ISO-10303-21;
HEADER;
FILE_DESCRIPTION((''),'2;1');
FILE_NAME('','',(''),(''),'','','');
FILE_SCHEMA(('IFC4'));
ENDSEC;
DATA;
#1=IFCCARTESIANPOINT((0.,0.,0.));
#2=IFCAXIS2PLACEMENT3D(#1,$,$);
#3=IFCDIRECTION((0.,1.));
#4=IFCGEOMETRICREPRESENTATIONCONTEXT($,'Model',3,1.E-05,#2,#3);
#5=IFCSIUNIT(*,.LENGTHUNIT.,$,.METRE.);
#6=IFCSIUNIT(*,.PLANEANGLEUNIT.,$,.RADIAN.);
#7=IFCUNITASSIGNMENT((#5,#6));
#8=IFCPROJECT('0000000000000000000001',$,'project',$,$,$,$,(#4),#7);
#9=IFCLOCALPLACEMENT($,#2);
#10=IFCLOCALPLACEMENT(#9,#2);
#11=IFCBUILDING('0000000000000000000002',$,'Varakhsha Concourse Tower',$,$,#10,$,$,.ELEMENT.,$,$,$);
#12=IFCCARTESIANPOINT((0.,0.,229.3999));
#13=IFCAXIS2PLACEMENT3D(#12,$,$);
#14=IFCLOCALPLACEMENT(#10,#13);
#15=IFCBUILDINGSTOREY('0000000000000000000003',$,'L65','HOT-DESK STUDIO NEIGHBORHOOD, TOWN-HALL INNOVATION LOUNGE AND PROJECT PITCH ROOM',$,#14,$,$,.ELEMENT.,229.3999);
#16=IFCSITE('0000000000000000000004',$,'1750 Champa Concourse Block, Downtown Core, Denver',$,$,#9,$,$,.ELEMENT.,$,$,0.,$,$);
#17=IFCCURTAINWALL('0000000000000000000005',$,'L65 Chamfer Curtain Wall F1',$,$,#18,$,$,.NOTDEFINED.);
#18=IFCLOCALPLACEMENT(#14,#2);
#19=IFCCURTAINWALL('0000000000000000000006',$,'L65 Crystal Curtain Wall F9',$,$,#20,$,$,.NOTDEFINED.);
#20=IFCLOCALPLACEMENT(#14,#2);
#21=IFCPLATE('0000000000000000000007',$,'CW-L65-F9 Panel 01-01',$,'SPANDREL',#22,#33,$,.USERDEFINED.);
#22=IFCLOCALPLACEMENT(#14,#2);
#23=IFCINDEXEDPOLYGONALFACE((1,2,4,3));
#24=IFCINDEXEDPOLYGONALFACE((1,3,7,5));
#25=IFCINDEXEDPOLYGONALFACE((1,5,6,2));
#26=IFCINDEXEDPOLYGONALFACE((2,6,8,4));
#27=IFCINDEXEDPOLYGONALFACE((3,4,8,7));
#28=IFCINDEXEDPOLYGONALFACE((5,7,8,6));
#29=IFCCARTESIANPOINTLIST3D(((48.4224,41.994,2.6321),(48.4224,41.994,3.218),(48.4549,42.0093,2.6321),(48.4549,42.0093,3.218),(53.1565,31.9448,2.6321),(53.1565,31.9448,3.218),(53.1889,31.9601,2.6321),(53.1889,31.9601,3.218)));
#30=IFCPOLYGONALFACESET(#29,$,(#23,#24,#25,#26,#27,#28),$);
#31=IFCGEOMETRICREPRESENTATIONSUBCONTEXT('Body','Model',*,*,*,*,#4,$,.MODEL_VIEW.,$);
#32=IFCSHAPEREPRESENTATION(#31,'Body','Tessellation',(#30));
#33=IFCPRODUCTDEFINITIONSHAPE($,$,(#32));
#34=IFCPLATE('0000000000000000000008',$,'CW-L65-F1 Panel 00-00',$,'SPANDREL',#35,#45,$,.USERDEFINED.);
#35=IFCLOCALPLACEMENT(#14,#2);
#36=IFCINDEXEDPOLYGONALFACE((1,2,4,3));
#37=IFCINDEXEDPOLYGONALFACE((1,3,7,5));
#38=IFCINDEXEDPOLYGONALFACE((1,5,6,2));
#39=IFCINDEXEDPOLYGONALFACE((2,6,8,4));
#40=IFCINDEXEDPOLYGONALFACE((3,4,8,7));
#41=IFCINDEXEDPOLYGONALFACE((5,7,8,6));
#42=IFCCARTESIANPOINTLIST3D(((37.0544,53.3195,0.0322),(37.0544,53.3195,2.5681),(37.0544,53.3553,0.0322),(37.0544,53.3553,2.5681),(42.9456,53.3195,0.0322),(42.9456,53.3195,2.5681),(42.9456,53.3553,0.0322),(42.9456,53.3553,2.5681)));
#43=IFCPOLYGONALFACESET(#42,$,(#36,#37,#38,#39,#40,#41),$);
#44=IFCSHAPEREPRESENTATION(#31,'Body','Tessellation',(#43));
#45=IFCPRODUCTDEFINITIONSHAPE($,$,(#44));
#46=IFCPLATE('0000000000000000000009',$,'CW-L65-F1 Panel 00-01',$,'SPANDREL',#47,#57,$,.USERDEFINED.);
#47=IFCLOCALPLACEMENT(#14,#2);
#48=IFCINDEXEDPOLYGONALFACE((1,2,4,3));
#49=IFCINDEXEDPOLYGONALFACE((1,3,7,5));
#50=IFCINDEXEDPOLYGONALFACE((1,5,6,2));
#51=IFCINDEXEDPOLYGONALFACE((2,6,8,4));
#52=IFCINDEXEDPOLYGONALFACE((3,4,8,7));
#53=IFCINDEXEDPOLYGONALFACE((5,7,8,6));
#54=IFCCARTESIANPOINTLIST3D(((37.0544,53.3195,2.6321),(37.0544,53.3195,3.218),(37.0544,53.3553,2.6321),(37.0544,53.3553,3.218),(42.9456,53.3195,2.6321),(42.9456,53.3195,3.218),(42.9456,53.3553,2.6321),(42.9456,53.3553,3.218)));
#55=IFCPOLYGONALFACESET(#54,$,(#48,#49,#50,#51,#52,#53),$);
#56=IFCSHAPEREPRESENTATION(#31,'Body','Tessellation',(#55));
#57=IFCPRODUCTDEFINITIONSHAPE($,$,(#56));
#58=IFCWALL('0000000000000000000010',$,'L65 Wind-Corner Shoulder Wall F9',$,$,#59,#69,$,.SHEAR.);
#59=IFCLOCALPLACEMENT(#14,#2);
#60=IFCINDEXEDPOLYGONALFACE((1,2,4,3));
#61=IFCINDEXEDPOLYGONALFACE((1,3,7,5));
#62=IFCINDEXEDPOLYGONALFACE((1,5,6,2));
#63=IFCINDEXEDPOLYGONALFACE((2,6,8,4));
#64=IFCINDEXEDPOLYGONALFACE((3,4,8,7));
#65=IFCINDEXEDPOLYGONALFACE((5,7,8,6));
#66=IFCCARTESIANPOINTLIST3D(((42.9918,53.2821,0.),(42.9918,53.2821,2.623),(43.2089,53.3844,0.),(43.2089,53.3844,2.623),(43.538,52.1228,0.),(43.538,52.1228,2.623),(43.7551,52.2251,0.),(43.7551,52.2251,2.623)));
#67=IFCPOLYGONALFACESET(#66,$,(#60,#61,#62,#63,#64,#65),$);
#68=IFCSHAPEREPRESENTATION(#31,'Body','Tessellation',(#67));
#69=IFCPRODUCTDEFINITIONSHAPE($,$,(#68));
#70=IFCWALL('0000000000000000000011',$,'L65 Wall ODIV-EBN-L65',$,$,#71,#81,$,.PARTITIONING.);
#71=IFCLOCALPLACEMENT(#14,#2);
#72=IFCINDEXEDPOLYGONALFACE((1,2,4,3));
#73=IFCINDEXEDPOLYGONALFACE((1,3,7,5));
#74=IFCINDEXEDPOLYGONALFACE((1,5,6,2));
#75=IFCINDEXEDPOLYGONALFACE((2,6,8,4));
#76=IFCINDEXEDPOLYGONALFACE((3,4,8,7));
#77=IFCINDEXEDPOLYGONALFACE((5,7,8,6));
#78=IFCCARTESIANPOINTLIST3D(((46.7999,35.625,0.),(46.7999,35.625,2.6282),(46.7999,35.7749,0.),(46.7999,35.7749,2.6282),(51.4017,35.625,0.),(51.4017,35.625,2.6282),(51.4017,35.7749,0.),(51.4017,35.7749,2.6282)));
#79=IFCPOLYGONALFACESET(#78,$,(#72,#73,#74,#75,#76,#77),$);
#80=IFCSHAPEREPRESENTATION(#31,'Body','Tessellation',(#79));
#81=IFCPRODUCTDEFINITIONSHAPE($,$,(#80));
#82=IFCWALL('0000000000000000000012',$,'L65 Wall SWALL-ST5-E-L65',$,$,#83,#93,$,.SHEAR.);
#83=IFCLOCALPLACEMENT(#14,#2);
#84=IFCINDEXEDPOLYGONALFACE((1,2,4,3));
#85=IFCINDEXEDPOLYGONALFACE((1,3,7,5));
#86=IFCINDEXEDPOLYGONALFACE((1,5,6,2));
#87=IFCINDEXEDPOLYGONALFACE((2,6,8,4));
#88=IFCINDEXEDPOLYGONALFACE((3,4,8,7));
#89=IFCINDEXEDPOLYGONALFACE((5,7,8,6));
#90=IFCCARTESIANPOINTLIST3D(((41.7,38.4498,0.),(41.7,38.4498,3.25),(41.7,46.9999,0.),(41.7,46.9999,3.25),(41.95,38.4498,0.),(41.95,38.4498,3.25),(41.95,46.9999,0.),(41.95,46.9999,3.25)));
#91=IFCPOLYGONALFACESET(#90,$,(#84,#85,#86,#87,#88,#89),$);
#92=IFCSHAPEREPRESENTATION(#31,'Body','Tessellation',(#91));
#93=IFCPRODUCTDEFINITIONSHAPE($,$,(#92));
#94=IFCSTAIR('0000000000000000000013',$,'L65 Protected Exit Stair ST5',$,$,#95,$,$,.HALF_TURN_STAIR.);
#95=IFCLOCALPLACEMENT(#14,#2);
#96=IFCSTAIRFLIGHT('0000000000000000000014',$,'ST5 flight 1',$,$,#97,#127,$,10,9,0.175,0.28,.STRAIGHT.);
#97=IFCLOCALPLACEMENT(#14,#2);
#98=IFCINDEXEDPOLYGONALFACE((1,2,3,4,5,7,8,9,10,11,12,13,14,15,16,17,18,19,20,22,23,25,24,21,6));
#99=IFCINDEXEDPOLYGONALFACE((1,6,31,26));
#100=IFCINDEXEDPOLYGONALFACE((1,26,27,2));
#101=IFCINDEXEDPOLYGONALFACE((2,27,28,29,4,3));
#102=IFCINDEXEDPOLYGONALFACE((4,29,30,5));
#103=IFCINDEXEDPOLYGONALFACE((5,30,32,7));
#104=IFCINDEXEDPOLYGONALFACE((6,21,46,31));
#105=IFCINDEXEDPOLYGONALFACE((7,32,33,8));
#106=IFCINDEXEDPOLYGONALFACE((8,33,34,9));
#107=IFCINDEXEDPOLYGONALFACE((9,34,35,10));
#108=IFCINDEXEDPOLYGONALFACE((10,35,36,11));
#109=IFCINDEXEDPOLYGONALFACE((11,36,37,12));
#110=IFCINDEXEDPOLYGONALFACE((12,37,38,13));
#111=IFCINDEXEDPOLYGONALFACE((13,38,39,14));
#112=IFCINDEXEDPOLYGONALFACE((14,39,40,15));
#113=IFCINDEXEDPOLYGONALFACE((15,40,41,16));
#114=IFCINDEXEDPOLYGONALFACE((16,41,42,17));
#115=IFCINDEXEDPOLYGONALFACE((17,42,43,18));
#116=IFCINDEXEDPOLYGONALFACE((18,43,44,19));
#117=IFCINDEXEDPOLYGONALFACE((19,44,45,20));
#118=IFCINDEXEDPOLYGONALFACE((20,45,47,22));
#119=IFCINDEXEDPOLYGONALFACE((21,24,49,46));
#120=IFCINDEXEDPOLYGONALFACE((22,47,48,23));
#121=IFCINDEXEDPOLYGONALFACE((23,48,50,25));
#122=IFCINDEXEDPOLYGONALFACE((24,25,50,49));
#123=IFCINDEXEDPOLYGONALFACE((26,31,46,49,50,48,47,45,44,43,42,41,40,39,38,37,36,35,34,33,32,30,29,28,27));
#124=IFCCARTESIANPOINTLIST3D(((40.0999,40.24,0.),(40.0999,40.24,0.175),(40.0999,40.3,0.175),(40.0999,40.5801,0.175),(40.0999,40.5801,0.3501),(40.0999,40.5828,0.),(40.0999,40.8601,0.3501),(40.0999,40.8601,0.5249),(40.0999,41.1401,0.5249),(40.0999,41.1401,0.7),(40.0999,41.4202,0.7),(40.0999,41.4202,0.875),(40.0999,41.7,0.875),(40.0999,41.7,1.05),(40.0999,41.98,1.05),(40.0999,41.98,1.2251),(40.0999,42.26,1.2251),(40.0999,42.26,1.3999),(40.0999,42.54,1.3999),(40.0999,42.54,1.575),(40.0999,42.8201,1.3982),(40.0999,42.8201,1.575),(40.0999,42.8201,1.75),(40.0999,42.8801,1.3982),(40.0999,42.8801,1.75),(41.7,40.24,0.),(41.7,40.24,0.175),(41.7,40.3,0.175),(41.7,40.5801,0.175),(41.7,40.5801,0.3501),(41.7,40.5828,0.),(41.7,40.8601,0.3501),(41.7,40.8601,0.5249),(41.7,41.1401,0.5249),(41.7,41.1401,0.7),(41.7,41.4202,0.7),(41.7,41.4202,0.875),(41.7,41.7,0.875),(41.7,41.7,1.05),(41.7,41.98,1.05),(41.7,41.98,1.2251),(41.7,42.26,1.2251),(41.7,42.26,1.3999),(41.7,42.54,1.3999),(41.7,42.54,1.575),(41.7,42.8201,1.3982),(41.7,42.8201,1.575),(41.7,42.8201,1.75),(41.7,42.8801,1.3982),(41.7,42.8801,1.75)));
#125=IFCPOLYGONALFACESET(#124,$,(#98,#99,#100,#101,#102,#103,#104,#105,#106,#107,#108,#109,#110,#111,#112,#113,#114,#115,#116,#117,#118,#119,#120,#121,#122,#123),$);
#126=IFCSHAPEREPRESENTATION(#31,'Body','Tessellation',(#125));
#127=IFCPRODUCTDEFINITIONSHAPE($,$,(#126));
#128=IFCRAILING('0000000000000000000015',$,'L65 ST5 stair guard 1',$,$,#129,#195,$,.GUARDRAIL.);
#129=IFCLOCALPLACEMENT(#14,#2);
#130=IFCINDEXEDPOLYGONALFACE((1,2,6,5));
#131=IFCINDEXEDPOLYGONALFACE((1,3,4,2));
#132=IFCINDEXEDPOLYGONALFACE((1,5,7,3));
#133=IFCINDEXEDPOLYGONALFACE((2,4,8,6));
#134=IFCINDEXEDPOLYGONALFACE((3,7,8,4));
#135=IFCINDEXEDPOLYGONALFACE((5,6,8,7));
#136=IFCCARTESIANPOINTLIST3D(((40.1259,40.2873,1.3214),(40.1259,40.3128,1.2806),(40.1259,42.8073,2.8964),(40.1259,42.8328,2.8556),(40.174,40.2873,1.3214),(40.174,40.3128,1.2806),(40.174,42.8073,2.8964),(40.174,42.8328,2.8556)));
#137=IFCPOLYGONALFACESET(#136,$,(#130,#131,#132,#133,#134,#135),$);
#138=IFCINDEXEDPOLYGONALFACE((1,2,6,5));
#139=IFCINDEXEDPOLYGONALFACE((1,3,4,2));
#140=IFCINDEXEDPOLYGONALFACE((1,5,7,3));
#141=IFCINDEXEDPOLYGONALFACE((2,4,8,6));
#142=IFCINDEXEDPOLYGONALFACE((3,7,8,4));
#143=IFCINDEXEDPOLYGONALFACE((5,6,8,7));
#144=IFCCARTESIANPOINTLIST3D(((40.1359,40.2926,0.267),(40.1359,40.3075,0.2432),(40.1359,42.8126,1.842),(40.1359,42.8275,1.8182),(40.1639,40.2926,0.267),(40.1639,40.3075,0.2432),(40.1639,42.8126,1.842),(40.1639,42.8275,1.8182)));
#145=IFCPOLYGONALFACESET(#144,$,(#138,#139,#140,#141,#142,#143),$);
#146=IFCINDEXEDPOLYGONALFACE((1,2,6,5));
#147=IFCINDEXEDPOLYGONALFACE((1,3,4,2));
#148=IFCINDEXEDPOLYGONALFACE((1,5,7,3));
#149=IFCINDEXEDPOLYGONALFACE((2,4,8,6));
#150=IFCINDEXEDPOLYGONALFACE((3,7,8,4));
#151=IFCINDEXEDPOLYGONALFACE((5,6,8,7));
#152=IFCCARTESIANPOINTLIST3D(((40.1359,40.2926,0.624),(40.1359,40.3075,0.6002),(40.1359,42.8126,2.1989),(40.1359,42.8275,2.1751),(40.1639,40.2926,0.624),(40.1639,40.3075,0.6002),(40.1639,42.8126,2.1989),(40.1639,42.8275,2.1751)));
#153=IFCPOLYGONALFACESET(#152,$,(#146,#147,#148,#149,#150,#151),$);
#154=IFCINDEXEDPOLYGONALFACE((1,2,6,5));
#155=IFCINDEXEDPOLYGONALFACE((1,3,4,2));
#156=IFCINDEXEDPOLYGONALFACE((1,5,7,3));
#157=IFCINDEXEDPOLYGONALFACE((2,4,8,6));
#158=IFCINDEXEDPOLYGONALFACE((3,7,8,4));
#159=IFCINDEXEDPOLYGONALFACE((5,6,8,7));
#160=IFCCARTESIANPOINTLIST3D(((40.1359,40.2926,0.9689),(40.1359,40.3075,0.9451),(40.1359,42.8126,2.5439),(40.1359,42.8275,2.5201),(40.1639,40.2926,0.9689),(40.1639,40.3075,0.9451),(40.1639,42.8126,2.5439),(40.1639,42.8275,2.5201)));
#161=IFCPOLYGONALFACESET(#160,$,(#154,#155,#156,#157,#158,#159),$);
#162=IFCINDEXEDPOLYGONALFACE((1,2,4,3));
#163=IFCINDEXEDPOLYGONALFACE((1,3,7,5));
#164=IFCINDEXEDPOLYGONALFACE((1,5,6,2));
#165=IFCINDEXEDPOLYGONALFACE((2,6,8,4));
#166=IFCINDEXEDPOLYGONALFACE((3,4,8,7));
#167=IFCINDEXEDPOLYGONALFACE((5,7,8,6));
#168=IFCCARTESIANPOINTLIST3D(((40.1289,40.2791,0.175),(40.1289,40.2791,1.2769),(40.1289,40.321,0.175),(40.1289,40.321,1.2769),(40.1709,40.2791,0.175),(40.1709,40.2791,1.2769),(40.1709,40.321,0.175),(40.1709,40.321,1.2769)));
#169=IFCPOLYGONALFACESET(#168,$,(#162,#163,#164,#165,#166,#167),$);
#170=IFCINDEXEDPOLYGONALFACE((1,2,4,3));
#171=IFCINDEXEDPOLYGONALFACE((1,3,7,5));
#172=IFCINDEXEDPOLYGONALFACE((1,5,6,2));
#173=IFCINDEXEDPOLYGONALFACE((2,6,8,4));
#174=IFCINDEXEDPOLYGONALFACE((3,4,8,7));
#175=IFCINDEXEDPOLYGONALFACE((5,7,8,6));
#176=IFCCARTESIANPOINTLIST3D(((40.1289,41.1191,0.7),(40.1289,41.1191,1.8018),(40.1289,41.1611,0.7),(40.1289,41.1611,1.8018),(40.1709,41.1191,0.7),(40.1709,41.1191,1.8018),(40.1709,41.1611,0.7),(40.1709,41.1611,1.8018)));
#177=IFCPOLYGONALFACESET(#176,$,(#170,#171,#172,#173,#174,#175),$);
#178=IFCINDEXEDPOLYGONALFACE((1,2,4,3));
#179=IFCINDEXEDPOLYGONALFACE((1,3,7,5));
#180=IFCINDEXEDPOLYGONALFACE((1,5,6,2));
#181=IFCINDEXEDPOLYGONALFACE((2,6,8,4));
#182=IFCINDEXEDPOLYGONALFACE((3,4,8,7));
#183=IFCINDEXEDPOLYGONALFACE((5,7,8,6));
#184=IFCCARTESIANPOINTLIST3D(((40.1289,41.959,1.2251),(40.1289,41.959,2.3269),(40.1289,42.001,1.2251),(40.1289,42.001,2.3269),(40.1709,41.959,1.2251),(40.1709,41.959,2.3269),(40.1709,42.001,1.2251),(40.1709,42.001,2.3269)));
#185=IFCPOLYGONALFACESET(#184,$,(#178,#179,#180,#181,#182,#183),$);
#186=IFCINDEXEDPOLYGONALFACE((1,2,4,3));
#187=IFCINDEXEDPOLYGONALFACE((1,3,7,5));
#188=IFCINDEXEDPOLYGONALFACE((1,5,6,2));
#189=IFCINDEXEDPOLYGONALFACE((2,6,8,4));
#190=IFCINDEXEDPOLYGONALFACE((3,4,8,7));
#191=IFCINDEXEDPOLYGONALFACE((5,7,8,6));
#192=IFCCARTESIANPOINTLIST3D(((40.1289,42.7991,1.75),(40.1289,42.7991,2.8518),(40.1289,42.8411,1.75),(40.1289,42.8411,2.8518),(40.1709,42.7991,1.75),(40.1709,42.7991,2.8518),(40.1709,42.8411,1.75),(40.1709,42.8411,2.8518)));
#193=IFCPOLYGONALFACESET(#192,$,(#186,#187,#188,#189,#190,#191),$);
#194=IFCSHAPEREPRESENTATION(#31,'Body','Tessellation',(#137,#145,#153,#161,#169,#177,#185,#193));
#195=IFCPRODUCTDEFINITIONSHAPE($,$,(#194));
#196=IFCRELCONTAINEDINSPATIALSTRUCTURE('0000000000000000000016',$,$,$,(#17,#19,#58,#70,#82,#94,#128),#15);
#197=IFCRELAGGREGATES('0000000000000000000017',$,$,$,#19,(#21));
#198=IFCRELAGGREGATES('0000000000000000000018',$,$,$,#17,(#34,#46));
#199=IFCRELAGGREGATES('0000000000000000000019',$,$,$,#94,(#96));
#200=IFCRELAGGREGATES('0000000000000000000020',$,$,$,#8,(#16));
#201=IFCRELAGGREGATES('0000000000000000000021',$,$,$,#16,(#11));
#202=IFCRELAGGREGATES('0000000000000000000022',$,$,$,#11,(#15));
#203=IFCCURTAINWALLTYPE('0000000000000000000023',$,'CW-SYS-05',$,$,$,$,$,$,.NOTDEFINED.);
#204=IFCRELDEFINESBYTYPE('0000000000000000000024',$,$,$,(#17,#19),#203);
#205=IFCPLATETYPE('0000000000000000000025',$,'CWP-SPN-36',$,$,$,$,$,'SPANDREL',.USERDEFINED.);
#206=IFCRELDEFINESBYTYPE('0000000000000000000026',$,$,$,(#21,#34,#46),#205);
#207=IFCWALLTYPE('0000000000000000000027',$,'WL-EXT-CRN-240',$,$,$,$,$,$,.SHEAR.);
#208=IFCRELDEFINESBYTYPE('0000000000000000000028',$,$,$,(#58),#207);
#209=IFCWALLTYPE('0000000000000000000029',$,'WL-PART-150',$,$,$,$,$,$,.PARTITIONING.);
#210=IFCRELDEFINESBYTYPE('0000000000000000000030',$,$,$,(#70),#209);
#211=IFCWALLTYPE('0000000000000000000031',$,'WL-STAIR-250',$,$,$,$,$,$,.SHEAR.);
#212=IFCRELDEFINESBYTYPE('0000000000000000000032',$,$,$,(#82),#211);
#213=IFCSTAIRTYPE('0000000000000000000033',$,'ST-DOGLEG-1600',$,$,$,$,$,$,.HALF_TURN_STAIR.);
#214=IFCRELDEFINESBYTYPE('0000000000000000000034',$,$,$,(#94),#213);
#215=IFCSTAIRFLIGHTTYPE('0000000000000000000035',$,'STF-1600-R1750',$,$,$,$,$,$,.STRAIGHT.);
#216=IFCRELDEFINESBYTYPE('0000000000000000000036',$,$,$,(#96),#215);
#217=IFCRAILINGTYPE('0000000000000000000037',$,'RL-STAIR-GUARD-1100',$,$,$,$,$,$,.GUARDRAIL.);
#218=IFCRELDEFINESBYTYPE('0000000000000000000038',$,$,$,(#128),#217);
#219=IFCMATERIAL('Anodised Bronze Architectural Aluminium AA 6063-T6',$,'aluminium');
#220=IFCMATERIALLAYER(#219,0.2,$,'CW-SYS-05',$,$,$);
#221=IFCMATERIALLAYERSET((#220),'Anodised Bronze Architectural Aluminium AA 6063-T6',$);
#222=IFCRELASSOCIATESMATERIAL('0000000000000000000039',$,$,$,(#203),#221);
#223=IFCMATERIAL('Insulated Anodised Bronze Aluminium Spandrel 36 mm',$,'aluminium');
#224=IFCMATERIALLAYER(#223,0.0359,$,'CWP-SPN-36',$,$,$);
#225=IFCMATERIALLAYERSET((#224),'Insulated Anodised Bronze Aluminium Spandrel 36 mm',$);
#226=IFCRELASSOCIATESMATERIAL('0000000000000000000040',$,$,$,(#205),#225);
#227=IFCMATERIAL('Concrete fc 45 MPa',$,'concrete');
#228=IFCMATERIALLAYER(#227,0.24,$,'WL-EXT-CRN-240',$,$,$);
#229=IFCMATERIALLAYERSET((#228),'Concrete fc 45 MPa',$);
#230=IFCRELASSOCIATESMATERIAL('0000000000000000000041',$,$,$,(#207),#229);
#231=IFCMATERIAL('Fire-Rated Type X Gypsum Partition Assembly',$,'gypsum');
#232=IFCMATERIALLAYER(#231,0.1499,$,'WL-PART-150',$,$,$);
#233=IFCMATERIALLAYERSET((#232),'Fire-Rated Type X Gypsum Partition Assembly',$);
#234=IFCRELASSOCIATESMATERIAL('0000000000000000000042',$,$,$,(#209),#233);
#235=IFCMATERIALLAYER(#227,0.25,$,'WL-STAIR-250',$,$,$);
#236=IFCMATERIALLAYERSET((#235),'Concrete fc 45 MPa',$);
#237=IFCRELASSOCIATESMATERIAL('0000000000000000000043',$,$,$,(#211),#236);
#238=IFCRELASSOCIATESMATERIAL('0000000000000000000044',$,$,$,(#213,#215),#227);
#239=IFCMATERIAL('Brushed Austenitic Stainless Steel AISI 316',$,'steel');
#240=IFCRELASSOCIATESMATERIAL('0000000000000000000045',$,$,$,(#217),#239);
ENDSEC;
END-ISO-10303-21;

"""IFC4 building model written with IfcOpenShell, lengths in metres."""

from ifc_helpers import new_model, si_unit, direction, frame, frame_2d, origin, origin_2d, place, context, subcontext, project, spatial, polyline, rectangle, outline, extrude, source, transform, mapped, material, layer, layer_set, type_object, type_shapes, element, aggregate, save


model = new_model("IFC4")

# Units and contexts
model_context = context("Model", 3, precision=1e-05, world=origin(), true_north=direction((0.0, 1.0)))
body_context = subcontext(model_context, "Body", "Model", "MODEL_VIEW")
ifc_project = project(units=[si_unit("LENGTHUNIT", "METRE"), si_unit("PLANEANGLEUNIT", "RADIAN")], contexts=[model_context])

# Site, building, storey
site_placement = place(None, origin())
site = spatial("IfcSite", under=ifc_project, at=site_placement, Name="1750 Champa Concourse Block, Downtown Core, Denver", CompositionType="ELEMENT", RefElevation=0.0)
building_placement = place(site_placement, origin())
building = spatial("IfcBuilding", under=site, at=building_placement, Name="Varakhsha Concourse Tower", CompositionType="ELEMENT")
storey_placement = place(building_placement, frame((0.0, 0.0, 229.3999)))
storey = spatial("IfcBuildingStorey", under=building, at=storey_placement, Name="L65", Description="HOT-DESK STUDIO NEIGHBORHOOD, TOWN-HALL INNOVATION LOUNGE AND PROJECT PITCH ROOM", CompositionType="ELEMENT", Elevation=229.3999)

# Curtain wall
ifc_material_1 = material(Name="Anodised Bronze Architectural Aluminium AA 6063-T6", Category="aluminium")
ifc_layer_1 = layer(ifc_material_1, 0.2, Name="CW-SYS-05")
ifc_layer_set_1 = layer_set([ifc_layer_1], Name="Anodised Bronze Architectural Aluminium AA 6063-T6")
curtain_wall_type = type_object("IfcCurtainWallType", Name="CW-SYS-05", PredefinedType="NOTDEFINED", material=ifc_layer_set_1)
curtain_wall_1_placement = place(storey_placement, origin())
curtain_wall_1 = element("IfcCurtainWall", 1, at=curtain_wall_1_placement, inside=storey, type_object=curtain_wall_type, Name="L65 Chamfer Curtain Wall F1", PredefinedType="NOTDEFINED")

# Curtain wall
curtain_wall_2_placement = place(storey_placement, origin())
curtain_wall_2 = element("IfcCurtainWall", 2, at=curtain_wall_2_placement, inside=storey, type_object=curtain_wall_type, Name="L65 Crystal Curtain Wall F9", PredefinedType="NOTDEFINED")

# Plates
ifc_material_2 = material(Name="Insulated Anodised Bronze Aluminium Spandrel 36 mm", Category="aluminium")
ifc_layer_2 = layer(ifc_material_2, 0.0359, Name="CWP-SPN-36")
ifc_layer_set_2 = layer_set([ifc_layer_2], Name="Insulated Anodised Bronze Aluminium Spandrel 36 mm")
plate_type_1 = type_object("IfcPlateType", Name="CWP-SPN-36", ElementType="SPANDREL", PredefinedType="USERDEFINED", material=ifc_layer_set_2)
shared_shape_1 = source(origin(), body_context, "Body", "SweptSolid", [
    extrude(rectangle(XDim=11.1084, YDim=0.0359, at=origin_2d()), origin(), (0.0, 0.0, 1.0), 0.5859),
])
plate_1_placement = place(storey_placement, frame((50.8057, 36.9771, 2.6321), z_axis=(0.0, 0.0, 1.0), x_axis=(0.426172, -0.904642, 0.0)))
plate_1 = element("IfcPlate", 3, at=plate_1_placement, type_object=plate_type_1, Name="CW-L65-F9 Panel 01-01", ObjectType="SPANDREL", PredefinedType="USERDEFINED", context=body_context, shape_type="MappedRepresentation", body=[
    mapped(shared_shape_1, transform((0.0, 0.0, 0.0), scale=1.0)),
])
aggregate(curtain_wall_2, [plate_1])
shared_shape_2 = source(origin(), body_context, "Body", "SweptSolid", [
    extrude(rectangle(XDim=5.8911, YDim=0.0359, at=origin_2d()), origin(), (0.0, 0.0, 1.0), 2.5359),
])
plate_2_placement = place(storey_placement, frame((40.0, 53.3374, 0.0322), z_axis=(0.0, 0.0, 1.0), x_axis=(1.0, 0.0, 0.0)))
plate_2 = element("IfcPlate", 4, at=plate_2_placement, type_object=plate_type_1, Name="CW-L65-F1 Panel 00-00", ObjectType="SPANDREL", PredefinedType="USERDEFINED", context=body_context, shape_type="MappedRepresentation", body=[
    mapped(shared_shape_2, transform((0.0, 0.0, 0.0), scale=1.0)),
])
shared_shape_3 = source(origin(), body_context, "Body", "SweptSolid", [
    extrude(rectangle(XDim=5.8911, YDim=0.0359, at=origin_2d()), origin(), (0.0, 0.0, 1.0), 0.5859),
])
type_shapes(plate_type_1, [shared_shape_1, shared_shape_2, shared_shape_3])
plate_3_placement = place(storey_placement, frame((40.0, 53.3374, 2.6321), z_axis=(0.0, 0.0, 1.0), x_axis=(1.0, 0.0, 0.0)))
plate_3 = element("IfcPlate", 5, at=plate_3_placement, type_object=plate_type_1, Name="CW-L65-F1 Panel 00-01", ObjectType="SPANDREL", PredefinedType="USERDEFINED", context=body_context, shape_type="MappedRepresentation", body=[
    mapped(shared_shape_3, transform((0.0, 0.0, 0.0), scale=1.0)),
])
aggregate(curtain_wall_1, [plate_2, plate_3])

# Walls
ifc_material_3 = material(Name="Concrete fc 45 MPa", Category="concrete")
ifc_layer_3 = layer(ifc_material_3, 0.24, Name="WL-EXT-CRN-240")
ifc_layer_set_3 = layer_set([ifc_layer_3], Name="Concrete fc 45 MPa")
wall_type_1 = type_object("IfcWallType", Name="WL-EXT-CRN-240", PredefinedType="SHEAR", material=ifc_layer_set_3)
wall_1_placement = place(storey_placement, frame((43.6465, 52.1741, 0.0), z_axis=(0.0, 0.0, 1.0), x_axis=(-0.42621, 0.904624, 0.0)))
element("IfcWall", 6, at=wall_1_placement, inside=storey, type_object=wall_type_1, Name="L65 Wind-Corner Shoulder Wall F9", PredefinedType="SHEAR", context=body_context, shape_type="SweptSolid", body=[
    extrude(rectangle(XDim=1.2815, YDim=0.24, at=frame_2d((0.6406, 0.0))), origin(), (0.0, 0.0, 1.0), 2.623),
])
ifc_material_4 = material(Name="Fire-Rated Type X Gypsum Partition Assembly", Category="gypsum")
ifc_layer_4 = layer(ifc_material_4, 0.1499, Name="WL-PART-150")
ifc_layer_set_4 = layer_set([ifc_layer_4], Name="Fire-Rated Type X Gypsum Partition Assembly")
wall_type_2 = type_object("IfcWallType", Name="WL-PART-150", PredefinedType="PARTITIONING", material=ifc_layer_set_4)
wall_2_placement = place(storey_placement, frame((46.8, 35.7, 0.0), z_axis=(0.0, 0.0, 1.0), x_axis=(1.0, 0.0, 0.0)))
element("IfcWall", 7, at=wall_2_placement, inside=storey, type_object=wall_type_2, Name="L65 Wall ODIV-EBN-L65", PredefinedType="PARTITIONING", context=body_context, shape_type="SweptSolid", body=[
    extrude(rectangle(XDim=4.6018, YDim=0.1499, at=frame_2d((2.3008, 0.0))), origin(), (0.0, 0.0, 1.0), 2.6282),
])
ifc_layer_5 = layer(ifc_material_3, 0.25, Name="WL-STAIR-250")
ifc_layer_set_5 = layer_set([ifc_layer_5], Name="Concrete fc 45 MPa")
wall_type_3 = type_object("IfcWallType", Name="WL-STAIR-250", PredefinedType="SHEAR", material=ifc_layer_set_5)
wall_3_placement = place(storey_placement, frame((41.825, 38.45, 0.0), z_axis=(0.0, 0.0, 1.0), x_axis=(0.0, 1.0, 0.0)))
element("IfcWall", 8, at=wall_3_placement, inside=storey, type_object=wall_type_3, Name="L65 Wall SWALL-ST5-E-L65", PredefinedType="SHEAR", context=body_context, shape_type="SweptSolid", body=[
    extrude(rectangle(XDim=8.55, YDim=0.25, at=frame_2d((4.2749, 0.0))), origin(), (0.0, 0.0, 1.0), 3.25),
])

# Stair, stair flight
stair_type = type_object("IfcStairType", Name="ST-DOGLEG-1600", PredefinedType="HALF_TURN_STAIR", material=ifc_material_3)
stair_placement = place(storey_placement, origin())
stair = element("IfcStair", 9, at=stair_placement, inside=storey, type_object=stair_type, Name="L65 Protected Exit Stair ST5", PredefinedType="HALF_TURN_STAIR")
stair_flight_type = type_object("IfcStairFlightType", Name="STF-1600-R1750", PredefinedType="STRAIGHT", material=ifc_material_3)
stair_flight_placement = place(storey_placement, frame((40.8999, 40.3, 0.0), z_axis=(0.0, 0.0, 1.0), x_axis=(0.0, 1.0, 0.0)))
stair_flight = element("IfcStairFlight", 10, at=stair_flight_placement, type_object=stair_flight_type, Name="ST5 flight 1", NumberOfRisers=10, NumberOfTreads=9, PredefinedType="STRAIGHT", RiserHeight=0.175, TreadLength=0.28, context=body_context, shape_type="SweptSolid", body=[
    extrude(outline(polyline([(-0.0601, 0.0), (-0.0601, 0.175), (0.0, 0.175), (0.28, 0.175), (0.28, 0.3501), (0.5601, 0.3501), (0.5601, 0.5249), (0.8401, 0.5249), (0.8401, 0.7), (1.1201, 0.7), (1.1201, 0.875), (1.3999, 0.875), (1.3999, 1.05), (1.6799, 1.05), (1.6799, 1.2251), (1.96, 1.2251), (1.96, 1.3999), (2.24, 1.3999), (2.24, 1.575), (2.52, 1.575), (2.52, 1.75), (2.5801, 1.75), (2.5801, 1.3982), (2.52, 1.3982), (0.2827, 0.0), (-0.0601, 0.0)])), frame((0.0, 0.8, 0.0), z_axis=(0.0, -1.0, 0.0), x_axis=(1.0, 0.0, 0.0)), (0.0, 0.0, 1.0), 1.6001),
])
aggregate(stair, [stair_flight])

# Railing
ifc_material_5 = material(Name="Brushed Austenitic Stainless Steel AISI 316", Category="steel")
railing_type_1 = type_object("IfcRailingType", Name="RL-STAIR-GUARD-1100", PredefinedType="GUARDRAIL", material=ifc_material_5)
railing_1_placement = place(storey_placement, frame((40.1499, 40.3, 0.175)))
element("IfcRailing", 11, at=railing_1_placement, inside=storey, type_object=railing_type_1, Name="L65 ST5 stair guard 1", PredefinedType="GUARDRAIL", context=body_context, shape_type="SweptSolid", body=[
    extrude(rectangle(XDim=0.0481, YDim=0.0481, at=origin_2d()), frame((0.0, 0.0, 1.126), z_axis=(0.0, 0.848008, 0.529984), x_axis=(-1.0, 0.0, 0.0)), (0.0, 0.0, 1.0), 2.9717),
    extrude(rectangle(XDim=0.0281, YDim=0.0281, at=origin_2d()), frame((0.0, 0.0, 0.0801), z_axis=(0.0, 0.848008, 0.529984), x_axis=(-1.0, 0.0, 0.0)), (0.0, 0.0, 1.0), 2.9717),
    extrude(rectangle(XDim=0.0281, YDim=0.0281, at=origin_2d()), frame((0.0, 0.0, 0.437), z_axis=(0.0, 0.848008, 0.529984), x_axis=(-1.0, 0.0, 0.0)), (0.0, 0.0, 1.0), 2.9717),
    extrude(rectangle(XDim=0.0281, YDim=0.0281, at=origin_2d()), frame((0.0, 0.0, 0.782), z_axis=(0.0, 0.848008, 0.529984), x_axis=(-1.0, 0.0, 0.0)), (0.0, 0.0, 1.0), 2.9717),
    extrude(rectangle(XDim=0.042, YDim=0.042, at=origin_2d()), origin(), (0.0, 0.0, 1.0), 1.1018),
    extrude(rectangle(XDim=0.042, YDim=0.042, at=origin_2d()), frame((0.0, 0.8401, 0.5249)), (0.0, 0.0, 1.0), 1.1018),
    extrude(rectangle(XDim=0.042, YDim=0.042, at=origin_2d()), frame((0.0, 1.6799, 1.05)), (0.0, 0.0, 1.0), 1.1018),
    extrude(rectangle(XDim=0.042, YDim=0.042, at=origin_2d()), frame((0.0, 2.52, 1.575)), (0.0, 0.0, 1.0), 1.1018),
])

save(model, "model.ifc")
